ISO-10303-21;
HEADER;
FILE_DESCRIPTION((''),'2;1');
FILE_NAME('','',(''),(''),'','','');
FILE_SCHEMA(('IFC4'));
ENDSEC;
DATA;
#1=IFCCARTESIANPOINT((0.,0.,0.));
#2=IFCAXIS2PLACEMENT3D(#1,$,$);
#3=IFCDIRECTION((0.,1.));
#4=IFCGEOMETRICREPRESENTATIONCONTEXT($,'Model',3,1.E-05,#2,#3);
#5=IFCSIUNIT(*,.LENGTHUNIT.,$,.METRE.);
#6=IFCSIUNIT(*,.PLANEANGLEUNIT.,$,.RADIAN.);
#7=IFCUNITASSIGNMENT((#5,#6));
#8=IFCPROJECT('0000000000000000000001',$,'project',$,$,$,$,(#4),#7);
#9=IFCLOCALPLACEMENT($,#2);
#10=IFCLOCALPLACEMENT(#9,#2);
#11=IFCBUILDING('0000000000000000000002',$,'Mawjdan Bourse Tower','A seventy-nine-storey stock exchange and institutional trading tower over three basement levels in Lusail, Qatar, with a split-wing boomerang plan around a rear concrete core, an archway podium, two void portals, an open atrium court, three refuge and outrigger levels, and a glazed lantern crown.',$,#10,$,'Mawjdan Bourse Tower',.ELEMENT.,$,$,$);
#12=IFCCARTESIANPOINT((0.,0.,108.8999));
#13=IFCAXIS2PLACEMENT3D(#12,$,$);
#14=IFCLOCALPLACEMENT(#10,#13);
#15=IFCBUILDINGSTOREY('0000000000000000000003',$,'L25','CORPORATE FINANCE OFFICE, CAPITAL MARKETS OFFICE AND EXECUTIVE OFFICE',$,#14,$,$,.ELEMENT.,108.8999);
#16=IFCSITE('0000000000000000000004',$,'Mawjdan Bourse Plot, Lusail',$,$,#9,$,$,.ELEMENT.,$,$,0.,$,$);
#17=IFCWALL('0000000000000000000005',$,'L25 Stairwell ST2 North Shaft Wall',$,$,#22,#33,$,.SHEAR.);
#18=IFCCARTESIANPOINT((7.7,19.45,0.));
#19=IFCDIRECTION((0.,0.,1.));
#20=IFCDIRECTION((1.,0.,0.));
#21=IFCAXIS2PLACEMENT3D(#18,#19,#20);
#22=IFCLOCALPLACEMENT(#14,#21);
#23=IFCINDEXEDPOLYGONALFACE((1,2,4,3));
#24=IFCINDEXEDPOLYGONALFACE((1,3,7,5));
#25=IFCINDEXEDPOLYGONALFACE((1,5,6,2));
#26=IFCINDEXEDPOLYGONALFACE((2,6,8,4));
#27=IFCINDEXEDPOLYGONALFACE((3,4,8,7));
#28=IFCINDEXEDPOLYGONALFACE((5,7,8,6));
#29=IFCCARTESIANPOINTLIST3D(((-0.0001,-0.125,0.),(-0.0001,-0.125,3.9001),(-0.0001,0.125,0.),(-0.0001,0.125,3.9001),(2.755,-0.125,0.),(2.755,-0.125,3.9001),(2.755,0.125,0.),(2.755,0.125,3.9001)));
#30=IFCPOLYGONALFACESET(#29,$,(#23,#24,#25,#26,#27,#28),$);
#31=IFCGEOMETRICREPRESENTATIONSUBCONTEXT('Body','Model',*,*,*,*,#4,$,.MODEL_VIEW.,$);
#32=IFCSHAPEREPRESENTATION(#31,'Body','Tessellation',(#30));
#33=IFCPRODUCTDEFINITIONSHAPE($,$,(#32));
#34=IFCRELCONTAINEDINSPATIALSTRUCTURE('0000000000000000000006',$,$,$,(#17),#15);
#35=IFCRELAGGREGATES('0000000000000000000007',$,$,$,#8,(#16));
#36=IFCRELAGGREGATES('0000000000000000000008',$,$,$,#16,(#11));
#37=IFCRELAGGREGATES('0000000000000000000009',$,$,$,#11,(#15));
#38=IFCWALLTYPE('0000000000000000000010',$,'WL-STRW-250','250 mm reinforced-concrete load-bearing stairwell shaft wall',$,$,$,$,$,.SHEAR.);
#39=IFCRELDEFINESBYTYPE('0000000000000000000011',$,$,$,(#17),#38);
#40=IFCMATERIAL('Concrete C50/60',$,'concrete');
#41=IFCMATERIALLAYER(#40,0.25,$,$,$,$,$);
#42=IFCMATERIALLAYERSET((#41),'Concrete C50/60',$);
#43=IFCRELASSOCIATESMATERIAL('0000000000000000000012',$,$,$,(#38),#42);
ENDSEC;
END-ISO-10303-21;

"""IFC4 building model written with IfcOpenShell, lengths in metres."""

from ifc_helpers import new_model, si_unit, direction, frame, frame_2d, origin, place, context, subcontext, project, spatial, rectangle, extrude, material, layer, layer_set, type_object, element, save


model = new_model("IFC4")

# Units and contexts
model_context = context("Model", 3, precision=1e-05, world=origin(), true_north=direction((0.0, 1.0)))
body_context = subcontext(model_context, "Body", "Model", "MODEL_VIEW")
ifc_project = project(units=[si_unit("LENGTHUNIT", "METRE"), si_unit("PLANEANGLEUNIT", "RADIAN")], contexts=[model_context])

# Site, building, storey
site_placement = place(None, origin())
site = spatial("IfcSite", under=ifc_project, at=site_placement, Name="Mawjdan Bourse Plot, Lusail", CompositionType="ELEMENT", RefElevation=0.0)
building_placement = place(site_placement, origin())
building = spatial("IfcBuilding", under=site, at=building_placement, Name="Mawjdan Bourse Tower", Description="A seventy-nine-storey stock exchange and institutional trading tower over three basement levels in Lusail, Qatar, with a split-wing boomerang plan around a rear concrete core, an archway podium, two void portals, an open atrium court, three refuge and outrigger levels, and a glazed lantern crown.", LongName="Mawjdan Bourse Tower", CompositionType="ELEMENT")
storey_placement = place(building_placement, frame((0.0, 0.0, 108.8999)))
storey = spatial("IfcBuildingStorey", under=building, at=storey_placement, Name="L25", Description="CORPORATE FINANCE OFFICE, CAPITAL MARKETS OFFICE AND EXECUTIVE OFFICE", CompositionType="ELEMENT", Elevation=108.8999)

# Wall
ifc_material_1 = material(Name="Concrete C50/60", Category="concrete")
ifc_layer_1 = layer(ifc_material_1, 0.25)
ifc_layer_set_1 = layer_set([ifc_layer_1], Name="Concrete C50/60")
wall_type_1 = type_object("IfcWallType", Name="WL-STRW-250", Description="250 mm reinforced-concrete load-bearing stairwell shaft wall", PredefinedType="SHEAR", material=ifc_layer_set_1)
wall_1_placement = place(storey_placement, frame((7.7, 19.45, 0.0), z_axis=(0.0, 0.0, 1.0), x_axis=(1.0, 0.0, 0.0)))
element("IfcWall", 1, at=wall_1_placement, inside=storey, type_object=wall_type_1, Name="L25 Stairwell ST2 North Shaft Wall", PredefinedType="SHEAR", context=body_context, shape_type="SweptSolid", body=[
    extrude(rectangle(XDim=2.7551, YDim=0.25, at=frame_2d((1.3774, 0.0))), origin(), (0.0, 0.0, 1.0), 3.9001),
])

save(model, "model.ifc")
